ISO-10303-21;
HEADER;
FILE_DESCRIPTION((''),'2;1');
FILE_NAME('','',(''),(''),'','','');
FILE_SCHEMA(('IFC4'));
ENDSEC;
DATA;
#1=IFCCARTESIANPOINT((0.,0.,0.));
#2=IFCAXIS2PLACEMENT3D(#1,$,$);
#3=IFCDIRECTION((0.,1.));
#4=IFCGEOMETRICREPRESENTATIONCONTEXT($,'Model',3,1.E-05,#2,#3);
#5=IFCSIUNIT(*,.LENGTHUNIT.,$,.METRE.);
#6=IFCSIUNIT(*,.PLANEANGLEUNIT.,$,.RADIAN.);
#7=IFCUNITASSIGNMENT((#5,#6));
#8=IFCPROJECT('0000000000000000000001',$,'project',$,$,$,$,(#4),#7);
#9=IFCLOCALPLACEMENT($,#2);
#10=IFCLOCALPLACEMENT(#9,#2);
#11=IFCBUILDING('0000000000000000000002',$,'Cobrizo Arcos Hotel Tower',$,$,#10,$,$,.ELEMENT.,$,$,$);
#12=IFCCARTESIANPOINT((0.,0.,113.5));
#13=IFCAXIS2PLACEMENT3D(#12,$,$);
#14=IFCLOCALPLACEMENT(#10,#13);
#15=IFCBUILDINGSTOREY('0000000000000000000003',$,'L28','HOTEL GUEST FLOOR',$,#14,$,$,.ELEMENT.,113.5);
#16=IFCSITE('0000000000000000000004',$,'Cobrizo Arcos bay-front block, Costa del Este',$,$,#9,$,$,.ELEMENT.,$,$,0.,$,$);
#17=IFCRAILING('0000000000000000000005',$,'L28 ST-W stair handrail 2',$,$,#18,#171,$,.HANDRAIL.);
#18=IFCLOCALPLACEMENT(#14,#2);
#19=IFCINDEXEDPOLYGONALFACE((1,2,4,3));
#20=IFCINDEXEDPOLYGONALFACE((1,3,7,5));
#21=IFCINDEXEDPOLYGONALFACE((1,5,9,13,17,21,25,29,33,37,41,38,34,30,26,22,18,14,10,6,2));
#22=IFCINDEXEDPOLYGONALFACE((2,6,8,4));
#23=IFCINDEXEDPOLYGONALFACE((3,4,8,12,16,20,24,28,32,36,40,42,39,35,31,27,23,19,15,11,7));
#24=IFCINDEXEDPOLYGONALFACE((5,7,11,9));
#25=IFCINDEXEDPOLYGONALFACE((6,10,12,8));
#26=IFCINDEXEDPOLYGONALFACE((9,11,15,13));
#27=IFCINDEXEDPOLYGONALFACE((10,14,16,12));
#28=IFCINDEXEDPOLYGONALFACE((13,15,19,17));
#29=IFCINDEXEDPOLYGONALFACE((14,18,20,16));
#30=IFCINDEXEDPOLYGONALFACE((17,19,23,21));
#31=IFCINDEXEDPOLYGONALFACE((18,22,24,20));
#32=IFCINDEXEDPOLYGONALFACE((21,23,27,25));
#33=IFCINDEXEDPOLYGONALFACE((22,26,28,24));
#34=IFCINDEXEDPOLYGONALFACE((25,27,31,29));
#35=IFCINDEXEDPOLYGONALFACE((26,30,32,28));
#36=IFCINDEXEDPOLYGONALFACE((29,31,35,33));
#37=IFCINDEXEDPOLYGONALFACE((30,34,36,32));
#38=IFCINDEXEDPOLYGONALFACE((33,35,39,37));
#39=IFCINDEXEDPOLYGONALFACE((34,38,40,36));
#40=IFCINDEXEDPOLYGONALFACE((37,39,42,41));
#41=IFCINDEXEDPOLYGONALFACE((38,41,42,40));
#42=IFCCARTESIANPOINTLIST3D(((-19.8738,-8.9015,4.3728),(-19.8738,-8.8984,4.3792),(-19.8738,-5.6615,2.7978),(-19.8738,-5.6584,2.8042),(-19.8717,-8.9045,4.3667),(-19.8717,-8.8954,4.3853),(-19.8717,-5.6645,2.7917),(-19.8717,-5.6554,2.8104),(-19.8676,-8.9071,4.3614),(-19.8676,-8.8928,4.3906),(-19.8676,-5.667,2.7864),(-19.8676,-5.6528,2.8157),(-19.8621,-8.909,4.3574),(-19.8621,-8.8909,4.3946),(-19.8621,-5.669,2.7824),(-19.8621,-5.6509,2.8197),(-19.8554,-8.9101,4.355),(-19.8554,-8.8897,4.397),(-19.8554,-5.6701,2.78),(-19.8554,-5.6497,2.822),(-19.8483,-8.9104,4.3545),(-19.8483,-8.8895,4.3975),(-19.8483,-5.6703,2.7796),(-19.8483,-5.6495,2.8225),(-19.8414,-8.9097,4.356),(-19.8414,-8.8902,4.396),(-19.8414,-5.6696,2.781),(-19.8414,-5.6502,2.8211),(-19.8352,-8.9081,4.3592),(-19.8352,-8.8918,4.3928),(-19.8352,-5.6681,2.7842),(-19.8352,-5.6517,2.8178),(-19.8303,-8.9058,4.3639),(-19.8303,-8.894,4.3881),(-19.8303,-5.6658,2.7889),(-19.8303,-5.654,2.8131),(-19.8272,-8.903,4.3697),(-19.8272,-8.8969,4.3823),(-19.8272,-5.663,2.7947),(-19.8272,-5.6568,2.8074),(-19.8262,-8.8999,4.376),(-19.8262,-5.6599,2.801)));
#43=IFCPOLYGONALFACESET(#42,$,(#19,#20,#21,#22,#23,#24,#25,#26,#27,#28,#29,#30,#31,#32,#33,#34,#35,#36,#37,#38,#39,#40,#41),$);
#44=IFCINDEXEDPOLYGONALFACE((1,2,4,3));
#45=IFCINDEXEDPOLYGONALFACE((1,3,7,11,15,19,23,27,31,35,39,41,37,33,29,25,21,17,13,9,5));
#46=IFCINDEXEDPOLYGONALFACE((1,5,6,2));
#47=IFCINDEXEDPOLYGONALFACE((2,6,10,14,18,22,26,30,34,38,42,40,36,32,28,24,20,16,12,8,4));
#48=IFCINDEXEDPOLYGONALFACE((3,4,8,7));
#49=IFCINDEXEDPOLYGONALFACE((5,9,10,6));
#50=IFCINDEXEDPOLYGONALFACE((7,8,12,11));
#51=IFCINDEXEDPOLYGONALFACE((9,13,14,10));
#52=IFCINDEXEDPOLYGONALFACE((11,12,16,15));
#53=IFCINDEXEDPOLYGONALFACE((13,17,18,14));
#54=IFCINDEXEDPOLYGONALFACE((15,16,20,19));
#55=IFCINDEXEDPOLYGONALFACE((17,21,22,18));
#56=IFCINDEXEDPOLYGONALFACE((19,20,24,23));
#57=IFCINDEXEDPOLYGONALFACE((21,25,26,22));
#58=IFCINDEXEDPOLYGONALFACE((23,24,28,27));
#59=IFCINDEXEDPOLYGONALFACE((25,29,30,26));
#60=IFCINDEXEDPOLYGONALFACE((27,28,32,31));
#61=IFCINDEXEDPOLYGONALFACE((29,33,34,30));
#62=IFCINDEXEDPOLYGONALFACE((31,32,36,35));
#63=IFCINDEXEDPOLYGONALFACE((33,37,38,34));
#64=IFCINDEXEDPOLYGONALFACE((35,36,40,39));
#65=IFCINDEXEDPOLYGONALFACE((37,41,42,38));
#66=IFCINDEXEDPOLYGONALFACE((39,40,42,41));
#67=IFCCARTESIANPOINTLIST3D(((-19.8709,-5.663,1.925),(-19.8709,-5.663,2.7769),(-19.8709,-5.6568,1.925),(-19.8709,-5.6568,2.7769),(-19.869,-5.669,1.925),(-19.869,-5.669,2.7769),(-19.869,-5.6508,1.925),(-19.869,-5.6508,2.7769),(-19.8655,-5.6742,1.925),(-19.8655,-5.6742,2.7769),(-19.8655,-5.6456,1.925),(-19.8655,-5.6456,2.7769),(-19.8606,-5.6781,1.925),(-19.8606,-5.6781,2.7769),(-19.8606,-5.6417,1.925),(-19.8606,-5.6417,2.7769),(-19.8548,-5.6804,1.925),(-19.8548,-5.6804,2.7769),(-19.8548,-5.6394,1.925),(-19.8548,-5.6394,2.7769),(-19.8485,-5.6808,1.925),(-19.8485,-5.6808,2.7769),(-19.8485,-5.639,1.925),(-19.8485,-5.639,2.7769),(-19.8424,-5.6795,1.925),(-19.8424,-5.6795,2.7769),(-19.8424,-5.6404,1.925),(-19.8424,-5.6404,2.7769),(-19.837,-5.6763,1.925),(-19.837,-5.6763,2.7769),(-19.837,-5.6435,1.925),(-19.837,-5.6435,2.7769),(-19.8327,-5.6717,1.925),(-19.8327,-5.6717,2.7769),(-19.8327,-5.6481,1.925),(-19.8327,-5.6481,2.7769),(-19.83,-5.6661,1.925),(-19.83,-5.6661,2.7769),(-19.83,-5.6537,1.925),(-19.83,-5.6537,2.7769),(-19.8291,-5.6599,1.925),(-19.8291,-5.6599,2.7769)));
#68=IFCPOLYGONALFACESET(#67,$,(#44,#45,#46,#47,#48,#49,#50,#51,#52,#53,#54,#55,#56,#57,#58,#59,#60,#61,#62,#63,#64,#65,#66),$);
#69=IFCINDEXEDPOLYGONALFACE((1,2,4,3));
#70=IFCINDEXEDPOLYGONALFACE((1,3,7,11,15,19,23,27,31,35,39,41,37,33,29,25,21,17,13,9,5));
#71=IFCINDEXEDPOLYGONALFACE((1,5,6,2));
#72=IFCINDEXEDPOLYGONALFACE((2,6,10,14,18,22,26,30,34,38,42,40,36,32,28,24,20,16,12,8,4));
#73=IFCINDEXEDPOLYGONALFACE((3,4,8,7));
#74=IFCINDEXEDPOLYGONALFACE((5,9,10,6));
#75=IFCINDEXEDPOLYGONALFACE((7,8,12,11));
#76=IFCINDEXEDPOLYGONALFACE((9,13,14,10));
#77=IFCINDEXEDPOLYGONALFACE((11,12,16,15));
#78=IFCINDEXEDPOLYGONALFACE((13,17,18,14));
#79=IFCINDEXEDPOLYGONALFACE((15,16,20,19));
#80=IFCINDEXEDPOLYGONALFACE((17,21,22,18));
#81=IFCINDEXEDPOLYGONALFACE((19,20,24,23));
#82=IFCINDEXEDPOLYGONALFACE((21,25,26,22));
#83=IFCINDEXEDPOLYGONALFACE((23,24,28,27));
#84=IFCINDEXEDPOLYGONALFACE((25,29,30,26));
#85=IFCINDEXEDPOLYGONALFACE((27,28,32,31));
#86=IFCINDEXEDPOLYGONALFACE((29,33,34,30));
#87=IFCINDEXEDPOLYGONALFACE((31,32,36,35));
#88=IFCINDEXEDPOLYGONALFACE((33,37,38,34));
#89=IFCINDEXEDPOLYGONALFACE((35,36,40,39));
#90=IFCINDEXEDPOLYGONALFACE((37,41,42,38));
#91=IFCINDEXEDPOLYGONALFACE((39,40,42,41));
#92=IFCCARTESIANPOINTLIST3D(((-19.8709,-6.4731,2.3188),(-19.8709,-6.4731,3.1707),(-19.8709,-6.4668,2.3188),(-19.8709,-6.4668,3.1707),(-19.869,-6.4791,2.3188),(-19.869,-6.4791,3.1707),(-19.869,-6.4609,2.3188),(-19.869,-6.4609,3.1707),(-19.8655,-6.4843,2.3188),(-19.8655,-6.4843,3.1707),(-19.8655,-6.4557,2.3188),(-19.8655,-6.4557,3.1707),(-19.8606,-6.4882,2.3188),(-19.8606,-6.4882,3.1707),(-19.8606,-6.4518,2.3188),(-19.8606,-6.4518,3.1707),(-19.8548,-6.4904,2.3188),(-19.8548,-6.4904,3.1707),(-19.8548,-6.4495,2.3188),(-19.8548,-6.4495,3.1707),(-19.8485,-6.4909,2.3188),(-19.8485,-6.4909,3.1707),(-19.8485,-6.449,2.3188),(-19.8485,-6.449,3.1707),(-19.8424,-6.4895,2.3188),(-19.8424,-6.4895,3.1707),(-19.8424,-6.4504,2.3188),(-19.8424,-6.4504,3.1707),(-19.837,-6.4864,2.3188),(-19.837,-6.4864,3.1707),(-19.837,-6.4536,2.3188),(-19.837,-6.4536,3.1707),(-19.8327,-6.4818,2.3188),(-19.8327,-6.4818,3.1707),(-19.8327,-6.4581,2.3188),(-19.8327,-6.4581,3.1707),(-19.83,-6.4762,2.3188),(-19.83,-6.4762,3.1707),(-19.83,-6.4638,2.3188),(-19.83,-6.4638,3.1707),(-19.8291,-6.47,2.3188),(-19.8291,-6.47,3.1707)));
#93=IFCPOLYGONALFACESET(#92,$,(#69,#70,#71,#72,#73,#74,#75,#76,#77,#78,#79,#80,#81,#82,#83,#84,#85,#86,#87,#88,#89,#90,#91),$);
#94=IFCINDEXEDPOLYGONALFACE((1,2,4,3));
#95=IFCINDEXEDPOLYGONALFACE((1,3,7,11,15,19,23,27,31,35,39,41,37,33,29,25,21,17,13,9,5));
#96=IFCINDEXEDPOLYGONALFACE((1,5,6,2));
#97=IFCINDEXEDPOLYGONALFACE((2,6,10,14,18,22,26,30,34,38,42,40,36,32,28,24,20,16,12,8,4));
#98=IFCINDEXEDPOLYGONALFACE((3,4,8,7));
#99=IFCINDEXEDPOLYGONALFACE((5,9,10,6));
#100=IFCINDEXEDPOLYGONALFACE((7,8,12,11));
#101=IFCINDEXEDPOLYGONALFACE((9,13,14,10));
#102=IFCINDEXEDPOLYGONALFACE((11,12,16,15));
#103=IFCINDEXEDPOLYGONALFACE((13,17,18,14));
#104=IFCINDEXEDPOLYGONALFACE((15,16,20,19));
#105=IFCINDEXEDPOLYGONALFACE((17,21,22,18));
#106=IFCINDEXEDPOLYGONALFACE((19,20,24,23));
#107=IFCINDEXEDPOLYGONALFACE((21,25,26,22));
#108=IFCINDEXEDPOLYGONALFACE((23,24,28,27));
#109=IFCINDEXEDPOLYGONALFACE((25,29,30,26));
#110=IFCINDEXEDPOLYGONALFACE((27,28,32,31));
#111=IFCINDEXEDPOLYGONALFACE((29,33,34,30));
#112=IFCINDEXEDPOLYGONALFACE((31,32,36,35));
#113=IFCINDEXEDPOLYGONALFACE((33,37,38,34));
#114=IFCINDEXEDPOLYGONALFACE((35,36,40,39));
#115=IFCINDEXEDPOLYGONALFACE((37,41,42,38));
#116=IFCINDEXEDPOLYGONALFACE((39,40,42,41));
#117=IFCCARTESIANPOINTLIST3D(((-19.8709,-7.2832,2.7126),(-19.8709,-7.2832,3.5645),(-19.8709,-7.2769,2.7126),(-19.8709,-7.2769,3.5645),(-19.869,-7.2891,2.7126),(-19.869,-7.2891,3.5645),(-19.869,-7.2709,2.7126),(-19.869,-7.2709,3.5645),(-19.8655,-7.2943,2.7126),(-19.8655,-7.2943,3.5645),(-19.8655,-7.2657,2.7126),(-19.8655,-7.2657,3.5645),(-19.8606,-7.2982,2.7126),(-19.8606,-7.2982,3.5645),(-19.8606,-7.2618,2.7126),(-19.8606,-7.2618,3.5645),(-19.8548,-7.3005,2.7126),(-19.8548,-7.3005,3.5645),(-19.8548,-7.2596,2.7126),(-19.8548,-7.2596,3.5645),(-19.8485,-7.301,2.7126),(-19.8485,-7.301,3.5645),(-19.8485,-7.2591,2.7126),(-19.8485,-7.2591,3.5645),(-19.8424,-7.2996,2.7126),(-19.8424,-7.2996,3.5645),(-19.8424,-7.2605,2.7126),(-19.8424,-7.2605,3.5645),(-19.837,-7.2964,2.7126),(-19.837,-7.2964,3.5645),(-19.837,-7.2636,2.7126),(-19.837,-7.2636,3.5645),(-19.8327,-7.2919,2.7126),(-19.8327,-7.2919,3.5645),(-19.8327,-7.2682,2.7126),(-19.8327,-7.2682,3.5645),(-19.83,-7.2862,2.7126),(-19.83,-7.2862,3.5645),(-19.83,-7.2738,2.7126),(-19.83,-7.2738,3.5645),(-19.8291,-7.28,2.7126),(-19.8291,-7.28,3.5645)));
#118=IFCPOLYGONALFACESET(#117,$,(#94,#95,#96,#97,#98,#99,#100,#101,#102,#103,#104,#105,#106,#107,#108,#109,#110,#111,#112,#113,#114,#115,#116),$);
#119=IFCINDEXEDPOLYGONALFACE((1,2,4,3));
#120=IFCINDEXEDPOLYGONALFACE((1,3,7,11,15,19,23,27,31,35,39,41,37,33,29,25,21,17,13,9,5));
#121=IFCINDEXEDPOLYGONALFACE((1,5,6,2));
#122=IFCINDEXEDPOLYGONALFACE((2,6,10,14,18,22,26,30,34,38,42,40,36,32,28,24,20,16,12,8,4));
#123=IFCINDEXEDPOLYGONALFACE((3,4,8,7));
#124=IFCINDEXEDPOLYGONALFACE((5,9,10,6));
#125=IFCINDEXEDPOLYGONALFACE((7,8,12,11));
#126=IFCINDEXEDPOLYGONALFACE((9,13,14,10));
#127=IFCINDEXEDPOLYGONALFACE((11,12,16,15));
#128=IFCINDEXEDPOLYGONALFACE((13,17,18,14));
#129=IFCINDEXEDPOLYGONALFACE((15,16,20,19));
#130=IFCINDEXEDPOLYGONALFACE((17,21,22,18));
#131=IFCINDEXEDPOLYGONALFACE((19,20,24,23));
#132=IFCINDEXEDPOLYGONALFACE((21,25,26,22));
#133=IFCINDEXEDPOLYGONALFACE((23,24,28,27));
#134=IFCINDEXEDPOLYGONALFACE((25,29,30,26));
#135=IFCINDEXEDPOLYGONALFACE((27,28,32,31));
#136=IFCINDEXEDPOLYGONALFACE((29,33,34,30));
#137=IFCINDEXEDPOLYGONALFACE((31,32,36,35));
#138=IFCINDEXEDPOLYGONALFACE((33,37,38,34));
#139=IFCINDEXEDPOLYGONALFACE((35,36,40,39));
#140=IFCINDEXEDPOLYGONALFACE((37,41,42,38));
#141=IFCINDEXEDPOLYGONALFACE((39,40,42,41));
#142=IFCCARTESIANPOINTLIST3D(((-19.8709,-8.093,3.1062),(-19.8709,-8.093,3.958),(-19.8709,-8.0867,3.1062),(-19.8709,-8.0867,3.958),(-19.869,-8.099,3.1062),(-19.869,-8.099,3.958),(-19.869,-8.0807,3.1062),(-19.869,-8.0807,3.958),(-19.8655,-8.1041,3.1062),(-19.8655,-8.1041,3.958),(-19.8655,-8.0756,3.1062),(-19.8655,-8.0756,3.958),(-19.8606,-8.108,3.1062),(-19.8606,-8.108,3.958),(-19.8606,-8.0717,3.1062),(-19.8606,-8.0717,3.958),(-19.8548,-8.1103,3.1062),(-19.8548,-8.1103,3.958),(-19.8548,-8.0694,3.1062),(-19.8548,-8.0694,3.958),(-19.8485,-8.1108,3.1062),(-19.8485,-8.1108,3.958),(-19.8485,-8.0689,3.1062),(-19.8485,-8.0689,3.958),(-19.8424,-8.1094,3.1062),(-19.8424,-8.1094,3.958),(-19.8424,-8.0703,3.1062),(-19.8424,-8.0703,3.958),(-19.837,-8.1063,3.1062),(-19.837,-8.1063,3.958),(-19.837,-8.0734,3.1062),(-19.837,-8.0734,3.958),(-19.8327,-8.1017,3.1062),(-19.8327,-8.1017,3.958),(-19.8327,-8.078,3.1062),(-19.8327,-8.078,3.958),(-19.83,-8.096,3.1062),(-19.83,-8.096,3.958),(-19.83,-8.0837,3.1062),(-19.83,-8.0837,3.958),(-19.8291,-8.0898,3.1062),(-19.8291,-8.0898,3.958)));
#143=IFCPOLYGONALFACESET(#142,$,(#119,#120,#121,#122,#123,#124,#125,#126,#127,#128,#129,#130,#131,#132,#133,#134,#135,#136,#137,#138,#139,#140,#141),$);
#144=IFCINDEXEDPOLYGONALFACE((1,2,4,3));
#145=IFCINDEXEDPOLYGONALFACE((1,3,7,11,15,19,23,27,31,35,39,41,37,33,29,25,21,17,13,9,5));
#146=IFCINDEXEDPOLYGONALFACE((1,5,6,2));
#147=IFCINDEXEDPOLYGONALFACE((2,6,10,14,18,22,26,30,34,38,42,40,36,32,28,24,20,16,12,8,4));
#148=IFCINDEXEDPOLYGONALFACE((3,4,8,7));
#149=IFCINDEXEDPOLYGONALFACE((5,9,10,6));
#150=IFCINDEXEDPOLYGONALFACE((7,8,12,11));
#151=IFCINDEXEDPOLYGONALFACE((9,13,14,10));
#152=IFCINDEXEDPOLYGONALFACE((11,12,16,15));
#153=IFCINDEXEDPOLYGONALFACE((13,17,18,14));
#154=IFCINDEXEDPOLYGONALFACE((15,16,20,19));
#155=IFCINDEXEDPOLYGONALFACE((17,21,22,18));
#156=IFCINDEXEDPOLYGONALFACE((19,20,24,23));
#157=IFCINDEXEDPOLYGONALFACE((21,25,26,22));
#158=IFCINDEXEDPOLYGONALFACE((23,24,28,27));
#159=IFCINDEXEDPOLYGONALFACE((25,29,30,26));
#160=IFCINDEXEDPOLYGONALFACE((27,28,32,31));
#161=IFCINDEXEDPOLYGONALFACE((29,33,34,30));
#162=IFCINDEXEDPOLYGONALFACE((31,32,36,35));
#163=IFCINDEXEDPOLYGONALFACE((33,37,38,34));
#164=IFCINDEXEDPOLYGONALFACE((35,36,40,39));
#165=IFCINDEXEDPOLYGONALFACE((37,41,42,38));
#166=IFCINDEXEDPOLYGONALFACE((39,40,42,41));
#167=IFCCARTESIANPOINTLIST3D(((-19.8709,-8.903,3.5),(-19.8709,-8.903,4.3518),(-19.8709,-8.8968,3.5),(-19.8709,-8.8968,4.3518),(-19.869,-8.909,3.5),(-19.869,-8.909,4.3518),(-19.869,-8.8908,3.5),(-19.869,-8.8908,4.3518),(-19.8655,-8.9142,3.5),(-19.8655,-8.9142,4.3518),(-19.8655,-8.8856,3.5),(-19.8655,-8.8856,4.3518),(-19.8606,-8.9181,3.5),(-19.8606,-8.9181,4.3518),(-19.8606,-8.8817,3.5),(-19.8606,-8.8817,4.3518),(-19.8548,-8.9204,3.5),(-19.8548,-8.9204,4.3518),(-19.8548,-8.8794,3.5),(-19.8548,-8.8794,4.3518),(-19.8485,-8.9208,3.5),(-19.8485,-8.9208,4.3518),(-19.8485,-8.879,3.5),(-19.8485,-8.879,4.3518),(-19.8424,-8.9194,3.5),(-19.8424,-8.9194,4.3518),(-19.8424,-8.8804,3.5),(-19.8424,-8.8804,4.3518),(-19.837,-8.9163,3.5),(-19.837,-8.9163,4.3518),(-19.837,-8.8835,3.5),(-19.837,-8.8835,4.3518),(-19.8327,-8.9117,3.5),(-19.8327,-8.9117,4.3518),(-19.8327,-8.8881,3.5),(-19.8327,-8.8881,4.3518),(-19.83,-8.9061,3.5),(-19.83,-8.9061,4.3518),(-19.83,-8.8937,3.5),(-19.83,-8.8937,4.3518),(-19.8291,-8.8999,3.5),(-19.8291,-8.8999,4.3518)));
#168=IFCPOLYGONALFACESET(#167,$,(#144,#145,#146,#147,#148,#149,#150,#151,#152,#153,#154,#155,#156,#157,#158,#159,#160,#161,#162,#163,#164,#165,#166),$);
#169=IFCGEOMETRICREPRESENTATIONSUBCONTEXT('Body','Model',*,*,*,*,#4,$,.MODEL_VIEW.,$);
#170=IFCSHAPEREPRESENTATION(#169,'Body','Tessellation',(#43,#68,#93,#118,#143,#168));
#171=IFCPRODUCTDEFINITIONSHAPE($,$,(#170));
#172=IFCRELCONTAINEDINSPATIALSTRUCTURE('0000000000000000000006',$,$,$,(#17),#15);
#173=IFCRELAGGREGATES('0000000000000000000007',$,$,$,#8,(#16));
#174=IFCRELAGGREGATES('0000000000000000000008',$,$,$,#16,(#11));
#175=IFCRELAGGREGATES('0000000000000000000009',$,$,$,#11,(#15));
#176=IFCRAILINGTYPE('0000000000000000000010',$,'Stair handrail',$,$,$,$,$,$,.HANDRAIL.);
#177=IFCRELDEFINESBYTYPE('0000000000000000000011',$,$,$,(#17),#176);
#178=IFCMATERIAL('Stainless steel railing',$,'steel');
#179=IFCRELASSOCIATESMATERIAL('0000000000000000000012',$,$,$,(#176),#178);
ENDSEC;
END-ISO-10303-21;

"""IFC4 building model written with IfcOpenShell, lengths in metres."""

from ifc_helpers import new_model, si_unit, direction, frame, origin, origin_2d, place, context, subcontext, project, spatial, circle, extrude, material, type_object, element, save


model = new_model("IFC4")

# Units and contexts
model_context = context("Model", 3, precision=1e-05, world=origin(), true_north=direction((0.0, 1.0)))
body_context = subcontext(model_context, "Body", "Model", "MODEL_VIEW")
ifc_project = project(units=[si_unit("LENGTHUNIT", "METRE"), si_unit("PLANEANGLEUNIT", "RADIAN")], contexts=[model_context])

# Site, building, storey
site_placement = place(None, origin())
site = spatial("IfcSite", under=ifc_project, at=site_placement, Name="Cobrizo Arcos bay-front block, Costa del Este", CompositionType="ELEMENT", RefElevation=0.0)
building_placement = place(site_placement, origin())
building = spatial("IfcBuilding", under=site, at=building_placement, Name="Cobrizo Arcos Hotel Tower", CompositionType="ELEMENT")
storey_placement = place(building_placement, frame((0.0, 0.0, 113.5)))
storey = spatial("IfcBuildingStorey", under=building, at=storey_placement, Name="L28", Description="HOTEL GUEST FLOOR", CompositionType="ELEMENT", Elevation=113.5)

# Railing
ifc_material_1 = material(Name="Stainless steel railing", Category="steel")
railing_type_1 = type_object("IfcRailingType", Name="Stair handrail", PredefinedType="HANDRAIL", material=ifc_material_1)
railing_1_placement = place(storey_placement, frame((-19.8501, -5.6599, 1.925)))
element("IfcRailing", 1, at=railing_1_placement, inside=storey, type_object=railing_type_1, Name="L28 ST-W stair handrail 2", PredefinedType="HANDRAIL", context=body_context, shape_type="SweptSolid", body=[
    extrude(circle(Radius=0.0239, at=origin_2d()), frame((0.0, 0.0, 0.876), z_axis=(0.0, -0.899373, 0.437183), x_axis=(1.0, 0.0, 0.0)), (0.0, 0.0, 1.0), 3.6025),
    extrude(circle(Radius=0.021, at=origin_2d()), origin(), (0.0, 0.0, 1.0), 0.8518),
    extrude(circle(Radius=0.021, at=origin_2d()), frame((0.0, -0.8101, 0.3938)), (0.0, 0.0, 1.0), 0.8518),
    extrude(circle(Radius=0.021, at=origin_2d()), frame((0.0, -1.6201, 0.7876)), (0.0, 0.0, 1.0), 0.8518),
    extrude(circle(Radius=0.021, at=origin_2d()), frame((0.0, -2.4299, 1.1812)), (0.0, 0.0, 1.0), 0.8518),
    extrude(circle(Radius=0.021, at=origin_2d()), frame((0.0, -3.24, 1.575)), (0.0, 0.0, 1.0), 0.8518),
])

save(model, "model.ifc")
